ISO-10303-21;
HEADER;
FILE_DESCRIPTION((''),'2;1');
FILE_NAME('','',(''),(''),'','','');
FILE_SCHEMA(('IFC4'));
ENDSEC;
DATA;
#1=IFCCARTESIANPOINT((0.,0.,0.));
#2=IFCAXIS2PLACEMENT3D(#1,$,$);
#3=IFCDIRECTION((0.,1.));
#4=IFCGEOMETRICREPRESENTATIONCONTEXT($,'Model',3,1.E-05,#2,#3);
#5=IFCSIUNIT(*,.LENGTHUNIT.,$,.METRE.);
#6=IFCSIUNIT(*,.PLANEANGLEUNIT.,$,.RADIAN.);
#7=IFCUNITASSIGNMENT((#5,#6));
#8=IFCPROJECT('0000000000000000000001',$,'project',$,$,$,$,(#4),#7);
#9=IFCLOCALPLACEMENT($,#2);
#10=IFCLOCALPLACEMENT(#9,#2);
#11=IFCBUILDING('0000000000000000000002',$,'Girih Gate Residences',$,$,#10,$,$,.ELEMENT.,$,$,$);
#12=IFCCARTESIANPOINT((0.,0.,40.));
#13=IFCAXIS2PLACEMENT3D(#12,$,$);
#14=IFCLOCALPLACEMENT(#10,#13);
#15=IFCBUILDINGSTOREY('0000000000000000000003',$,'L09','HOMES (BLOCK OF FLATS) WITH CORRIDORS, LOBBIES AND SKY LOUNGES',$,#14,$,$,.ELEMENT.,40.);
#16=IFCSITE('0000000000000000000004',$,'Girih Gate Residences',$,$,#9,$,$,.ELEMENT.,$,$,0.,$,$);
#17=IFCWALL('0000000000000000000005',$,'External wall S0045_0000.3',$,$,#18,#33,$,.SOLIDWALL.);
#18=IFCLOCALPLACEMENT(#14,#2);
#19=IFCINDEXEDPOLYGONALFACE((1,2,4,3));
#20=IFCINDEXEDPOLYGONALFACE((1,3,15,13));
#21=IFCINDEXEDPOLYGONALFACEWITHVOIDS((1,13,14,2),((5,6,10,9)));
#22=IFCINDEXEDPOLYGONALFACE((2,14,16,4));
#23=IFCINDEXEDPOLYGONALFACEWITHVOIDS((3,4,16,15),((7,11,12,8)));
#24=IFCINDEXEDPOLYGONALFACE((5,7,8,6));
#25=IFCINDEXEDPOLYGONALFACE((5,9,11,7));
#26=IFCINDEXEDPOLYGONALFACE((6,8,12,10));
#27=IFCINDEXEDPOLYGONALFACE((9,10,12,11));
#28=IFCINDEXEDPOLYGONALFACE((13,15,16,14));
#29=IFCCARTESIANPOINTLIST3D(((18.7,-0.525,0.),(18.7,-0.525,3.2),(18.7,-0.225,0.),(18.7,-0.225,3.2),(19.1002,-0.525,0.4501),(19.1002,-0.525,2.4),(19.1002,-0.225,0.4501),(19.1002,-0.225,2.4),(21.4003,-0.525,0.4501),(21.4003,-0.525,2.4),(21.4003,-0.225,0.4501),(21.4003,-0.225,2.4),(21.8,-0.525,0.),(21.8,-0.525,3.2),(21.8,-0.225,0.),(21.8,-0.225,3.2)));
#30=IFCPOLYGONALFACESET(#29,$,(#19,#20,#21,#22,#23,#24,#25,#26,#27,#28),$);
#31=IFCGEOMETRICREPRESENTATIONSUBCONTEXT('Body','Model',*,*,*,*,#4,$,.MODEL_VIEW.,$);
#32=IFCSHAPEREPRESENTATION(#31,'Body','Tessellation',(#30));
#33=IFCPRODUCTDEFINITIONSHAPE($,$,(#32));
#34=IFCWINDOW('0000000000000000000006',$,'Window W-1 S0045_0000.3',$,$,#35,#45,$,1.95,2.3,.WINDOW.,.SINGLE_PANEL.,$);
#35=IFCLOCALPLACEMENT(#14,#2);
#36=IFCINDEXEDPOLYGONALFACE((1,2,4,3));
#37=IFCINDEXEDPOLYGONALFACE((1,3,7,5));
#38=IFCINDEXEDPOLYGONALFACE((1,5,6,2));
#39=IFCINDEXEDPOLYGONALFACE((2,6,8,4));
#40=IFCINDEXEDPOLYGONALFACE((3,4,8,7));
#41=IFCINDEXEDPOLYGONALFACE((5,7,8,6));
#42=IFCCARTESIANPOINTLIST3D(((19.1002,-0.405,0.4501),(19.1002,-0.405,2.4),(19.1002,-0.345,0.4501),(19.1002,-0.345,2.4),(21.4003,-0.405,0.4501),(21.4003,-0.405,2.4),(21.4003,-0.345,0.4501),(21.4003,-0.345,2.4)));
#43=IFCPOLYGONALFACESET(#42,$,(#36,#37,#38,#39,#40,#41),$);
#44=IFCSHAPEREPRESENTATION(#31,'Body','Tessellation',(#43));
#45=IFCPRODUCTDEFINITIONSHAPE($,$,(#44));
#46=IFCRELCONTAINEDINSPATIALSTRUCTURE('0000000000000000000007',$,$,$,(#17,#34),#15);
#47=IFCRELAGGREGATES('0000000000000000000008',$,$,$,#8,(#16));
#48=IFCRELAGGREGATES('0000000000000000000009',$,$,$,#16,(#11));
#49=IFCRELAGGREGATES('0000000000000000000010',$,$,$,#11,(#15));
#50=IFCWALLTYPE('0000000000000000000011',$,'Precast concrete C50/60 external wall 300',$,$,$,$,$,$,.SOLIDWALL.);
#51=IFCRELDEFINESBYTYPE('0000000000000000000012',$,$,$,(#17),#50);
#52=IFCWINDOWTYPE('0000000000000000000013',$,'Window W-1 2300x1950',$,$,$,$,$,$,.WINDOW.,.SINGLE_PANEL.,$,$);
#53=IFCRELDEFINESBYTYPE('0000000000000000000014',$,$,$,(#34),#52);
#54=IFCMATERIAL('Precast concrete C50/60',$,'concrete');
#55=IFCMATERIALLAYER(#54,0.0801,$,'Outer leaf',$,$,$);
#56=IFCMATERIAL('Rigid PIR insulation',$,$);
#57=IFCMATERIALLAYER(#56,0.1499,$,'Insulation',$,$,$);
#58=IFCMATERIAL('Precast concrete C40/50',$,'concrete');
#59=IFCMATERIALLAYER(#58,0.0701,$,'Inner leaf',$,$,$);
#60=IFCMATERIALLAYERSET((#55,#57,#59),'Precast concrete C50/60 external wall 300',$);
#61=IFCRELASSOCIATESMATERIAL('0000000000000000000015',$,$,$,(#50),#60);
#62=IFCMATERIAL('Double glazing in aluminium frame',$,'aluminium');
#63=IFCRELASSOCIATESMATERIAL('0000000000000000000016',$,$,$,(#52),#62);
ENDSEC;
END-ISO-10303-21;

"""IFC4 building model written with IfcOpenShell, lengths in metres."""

from ifc_helpers import new_model, si_unit, direction, frame, frame_2d, origin, place, context, subcontext, project, spatial, rectangle, extrude, material, layer, layer_set, type_object, element, fill, save


model = new_model("IFC4")

# Units and contexts
model_context = context("Model", 3, precision=1e-05, world=origin(), true_north=direction((0.0, 1.0)))
body_context = subcontext(model_context, "Body", "Model", "MODEL_VIEW")
ifc_project = project(units=[si_unit("LENGTHUNIT", "METRE"), si_unit("PLANEANGLEUNIT", "RADIAN")], contexts=[model_context])

# Site, building, storey
site_placement = place(None, origin())
site = spatial("IfcSite", under=ifc_project, at=site_placement, Name="Girih Gate Residences", CompositionType="ELEMENT", RefElevation=0.0)
building_placement = place(site_placement, origin())
building = spatial("IfcBuilding", under=site, at=building_placement, Name="Girih Gate Residences", CompositionType="ELEMENT")
storey_placement = place(building_placement, frame((0.0, 0.0, 40.0)))
storey = spatial("IfcBuildingStorey", under=building, at=storey_placement, Name="L09", Description="HOMES (BLOCK OF FLATS) WITH CORRIDORS, LOBBIES AND SKY LOUNGES", CompositionType="ELEMENT", Elevation=40.0)

# Wall, opening, window
ifc_material_1 = material(Name="Precast concrete C50/60", Category="concrete")
ifc_layer_1 = layer(ifc_material_1, 0.0801, Name="Outer leaf")
ifc_material_2 = material(Name="Rigid PIR insulation")
ifc_layer_2 = layer(ifc_material_2, 0.1499, Name="Insulation")
ifc_material_3 = material(Name="Precast concrete C40/50", Category="concrete")
ifc_layer_3 = layer(ifc_material_3, 0.0701, Name="Inner leaf")
ifc_layer_set_1 = layer_set([ifc_layer_1, ifc_layer_2, ifc_layer_3], Name="Precast concrete C50/60 external wall 300")
wall_type_1 = type_object("IfcWallType", Name="Precast concrete C50/60 external wall 300", PredefinedType="SOLIDWALL", material=ifc_layer_set_1)
ifc_material_4 = material(Name="Double glazing in aluminium frame", Category="aluminium")
window_type = type_object("IfcWindowType", Name="Window W-1 2300x1950", PartitioningType="SINGLE_PANEL", PredefinedType="WINDOW", material=ifc_material_4)
wall_1_placement = place(storey_placement, frame((21.8, -0.375, 0.0), z_axis=(0.0, 0.0, 1.0), x_axis=(-1.0, 0.0, 0.0)))
wall_1 = element("IfcWall", 1, at=wall_1_placement, inside=storey, type_object=wall_type_1, Name="External wall S0045_0000.3", PredefinedType="SOLIDWALL", context=body_context, shape_type="SweptSolid", body=[
    extrude(rectangle(XDim=3.1001, YDim=0.3, at=frame_2d((1.55, 0.0))), origin(), (0.0, 0.0, 1.0), 3.2),
])
opening_1_placement = place(wall_1_placement, frame((0.3999, 0.0, 0.45)))
opening_1 = element("IfcOpeningElement", 2, at=opening_1_placement, cuts=wall_1, PredefinedType="OPENING", context=body_context, shape_type="SweptSolid", body=[
    extrude(rectangle(XDim=2.3, YDim=1.95, at=frame_2d((1.1499, 0.9751))), frame((0.0, 0.1599, 0.0), z_axis=(0.0, -1.0, 0.0), x_axis=(1.0, 0.0, 0.0)), (0.0, 0.0, 1.0), 0.3201),
])
window_1_placement = place(opening_1_placement, origin())
window_1 = element("IfcWindow", 3, at=window_1_placement, inside=storey, type_object=window_type, Name="Window W-1 S0045_0000.3", OverallHeight=1.95, OverallWidth=2.3, PartitioningType="SINGLE_PANEL", PredefinedType="WINDOW", context=body_context, shape_type="SweptSolid", body=[
    extrude(rectangle(XDim=2.3, YDim=1.95, at=frame_2d((1.1499, 0.9751))), frame((0.0, 0.03, 0.0), z_axis=(0.0, -1.0, 0.0), x_axis=(1.0, 0.0, 0.0)), (0.0, 0.0, 1.0), 0.0601),
])
fill(opening_1, window_1)

save(model, "model.ifc")
